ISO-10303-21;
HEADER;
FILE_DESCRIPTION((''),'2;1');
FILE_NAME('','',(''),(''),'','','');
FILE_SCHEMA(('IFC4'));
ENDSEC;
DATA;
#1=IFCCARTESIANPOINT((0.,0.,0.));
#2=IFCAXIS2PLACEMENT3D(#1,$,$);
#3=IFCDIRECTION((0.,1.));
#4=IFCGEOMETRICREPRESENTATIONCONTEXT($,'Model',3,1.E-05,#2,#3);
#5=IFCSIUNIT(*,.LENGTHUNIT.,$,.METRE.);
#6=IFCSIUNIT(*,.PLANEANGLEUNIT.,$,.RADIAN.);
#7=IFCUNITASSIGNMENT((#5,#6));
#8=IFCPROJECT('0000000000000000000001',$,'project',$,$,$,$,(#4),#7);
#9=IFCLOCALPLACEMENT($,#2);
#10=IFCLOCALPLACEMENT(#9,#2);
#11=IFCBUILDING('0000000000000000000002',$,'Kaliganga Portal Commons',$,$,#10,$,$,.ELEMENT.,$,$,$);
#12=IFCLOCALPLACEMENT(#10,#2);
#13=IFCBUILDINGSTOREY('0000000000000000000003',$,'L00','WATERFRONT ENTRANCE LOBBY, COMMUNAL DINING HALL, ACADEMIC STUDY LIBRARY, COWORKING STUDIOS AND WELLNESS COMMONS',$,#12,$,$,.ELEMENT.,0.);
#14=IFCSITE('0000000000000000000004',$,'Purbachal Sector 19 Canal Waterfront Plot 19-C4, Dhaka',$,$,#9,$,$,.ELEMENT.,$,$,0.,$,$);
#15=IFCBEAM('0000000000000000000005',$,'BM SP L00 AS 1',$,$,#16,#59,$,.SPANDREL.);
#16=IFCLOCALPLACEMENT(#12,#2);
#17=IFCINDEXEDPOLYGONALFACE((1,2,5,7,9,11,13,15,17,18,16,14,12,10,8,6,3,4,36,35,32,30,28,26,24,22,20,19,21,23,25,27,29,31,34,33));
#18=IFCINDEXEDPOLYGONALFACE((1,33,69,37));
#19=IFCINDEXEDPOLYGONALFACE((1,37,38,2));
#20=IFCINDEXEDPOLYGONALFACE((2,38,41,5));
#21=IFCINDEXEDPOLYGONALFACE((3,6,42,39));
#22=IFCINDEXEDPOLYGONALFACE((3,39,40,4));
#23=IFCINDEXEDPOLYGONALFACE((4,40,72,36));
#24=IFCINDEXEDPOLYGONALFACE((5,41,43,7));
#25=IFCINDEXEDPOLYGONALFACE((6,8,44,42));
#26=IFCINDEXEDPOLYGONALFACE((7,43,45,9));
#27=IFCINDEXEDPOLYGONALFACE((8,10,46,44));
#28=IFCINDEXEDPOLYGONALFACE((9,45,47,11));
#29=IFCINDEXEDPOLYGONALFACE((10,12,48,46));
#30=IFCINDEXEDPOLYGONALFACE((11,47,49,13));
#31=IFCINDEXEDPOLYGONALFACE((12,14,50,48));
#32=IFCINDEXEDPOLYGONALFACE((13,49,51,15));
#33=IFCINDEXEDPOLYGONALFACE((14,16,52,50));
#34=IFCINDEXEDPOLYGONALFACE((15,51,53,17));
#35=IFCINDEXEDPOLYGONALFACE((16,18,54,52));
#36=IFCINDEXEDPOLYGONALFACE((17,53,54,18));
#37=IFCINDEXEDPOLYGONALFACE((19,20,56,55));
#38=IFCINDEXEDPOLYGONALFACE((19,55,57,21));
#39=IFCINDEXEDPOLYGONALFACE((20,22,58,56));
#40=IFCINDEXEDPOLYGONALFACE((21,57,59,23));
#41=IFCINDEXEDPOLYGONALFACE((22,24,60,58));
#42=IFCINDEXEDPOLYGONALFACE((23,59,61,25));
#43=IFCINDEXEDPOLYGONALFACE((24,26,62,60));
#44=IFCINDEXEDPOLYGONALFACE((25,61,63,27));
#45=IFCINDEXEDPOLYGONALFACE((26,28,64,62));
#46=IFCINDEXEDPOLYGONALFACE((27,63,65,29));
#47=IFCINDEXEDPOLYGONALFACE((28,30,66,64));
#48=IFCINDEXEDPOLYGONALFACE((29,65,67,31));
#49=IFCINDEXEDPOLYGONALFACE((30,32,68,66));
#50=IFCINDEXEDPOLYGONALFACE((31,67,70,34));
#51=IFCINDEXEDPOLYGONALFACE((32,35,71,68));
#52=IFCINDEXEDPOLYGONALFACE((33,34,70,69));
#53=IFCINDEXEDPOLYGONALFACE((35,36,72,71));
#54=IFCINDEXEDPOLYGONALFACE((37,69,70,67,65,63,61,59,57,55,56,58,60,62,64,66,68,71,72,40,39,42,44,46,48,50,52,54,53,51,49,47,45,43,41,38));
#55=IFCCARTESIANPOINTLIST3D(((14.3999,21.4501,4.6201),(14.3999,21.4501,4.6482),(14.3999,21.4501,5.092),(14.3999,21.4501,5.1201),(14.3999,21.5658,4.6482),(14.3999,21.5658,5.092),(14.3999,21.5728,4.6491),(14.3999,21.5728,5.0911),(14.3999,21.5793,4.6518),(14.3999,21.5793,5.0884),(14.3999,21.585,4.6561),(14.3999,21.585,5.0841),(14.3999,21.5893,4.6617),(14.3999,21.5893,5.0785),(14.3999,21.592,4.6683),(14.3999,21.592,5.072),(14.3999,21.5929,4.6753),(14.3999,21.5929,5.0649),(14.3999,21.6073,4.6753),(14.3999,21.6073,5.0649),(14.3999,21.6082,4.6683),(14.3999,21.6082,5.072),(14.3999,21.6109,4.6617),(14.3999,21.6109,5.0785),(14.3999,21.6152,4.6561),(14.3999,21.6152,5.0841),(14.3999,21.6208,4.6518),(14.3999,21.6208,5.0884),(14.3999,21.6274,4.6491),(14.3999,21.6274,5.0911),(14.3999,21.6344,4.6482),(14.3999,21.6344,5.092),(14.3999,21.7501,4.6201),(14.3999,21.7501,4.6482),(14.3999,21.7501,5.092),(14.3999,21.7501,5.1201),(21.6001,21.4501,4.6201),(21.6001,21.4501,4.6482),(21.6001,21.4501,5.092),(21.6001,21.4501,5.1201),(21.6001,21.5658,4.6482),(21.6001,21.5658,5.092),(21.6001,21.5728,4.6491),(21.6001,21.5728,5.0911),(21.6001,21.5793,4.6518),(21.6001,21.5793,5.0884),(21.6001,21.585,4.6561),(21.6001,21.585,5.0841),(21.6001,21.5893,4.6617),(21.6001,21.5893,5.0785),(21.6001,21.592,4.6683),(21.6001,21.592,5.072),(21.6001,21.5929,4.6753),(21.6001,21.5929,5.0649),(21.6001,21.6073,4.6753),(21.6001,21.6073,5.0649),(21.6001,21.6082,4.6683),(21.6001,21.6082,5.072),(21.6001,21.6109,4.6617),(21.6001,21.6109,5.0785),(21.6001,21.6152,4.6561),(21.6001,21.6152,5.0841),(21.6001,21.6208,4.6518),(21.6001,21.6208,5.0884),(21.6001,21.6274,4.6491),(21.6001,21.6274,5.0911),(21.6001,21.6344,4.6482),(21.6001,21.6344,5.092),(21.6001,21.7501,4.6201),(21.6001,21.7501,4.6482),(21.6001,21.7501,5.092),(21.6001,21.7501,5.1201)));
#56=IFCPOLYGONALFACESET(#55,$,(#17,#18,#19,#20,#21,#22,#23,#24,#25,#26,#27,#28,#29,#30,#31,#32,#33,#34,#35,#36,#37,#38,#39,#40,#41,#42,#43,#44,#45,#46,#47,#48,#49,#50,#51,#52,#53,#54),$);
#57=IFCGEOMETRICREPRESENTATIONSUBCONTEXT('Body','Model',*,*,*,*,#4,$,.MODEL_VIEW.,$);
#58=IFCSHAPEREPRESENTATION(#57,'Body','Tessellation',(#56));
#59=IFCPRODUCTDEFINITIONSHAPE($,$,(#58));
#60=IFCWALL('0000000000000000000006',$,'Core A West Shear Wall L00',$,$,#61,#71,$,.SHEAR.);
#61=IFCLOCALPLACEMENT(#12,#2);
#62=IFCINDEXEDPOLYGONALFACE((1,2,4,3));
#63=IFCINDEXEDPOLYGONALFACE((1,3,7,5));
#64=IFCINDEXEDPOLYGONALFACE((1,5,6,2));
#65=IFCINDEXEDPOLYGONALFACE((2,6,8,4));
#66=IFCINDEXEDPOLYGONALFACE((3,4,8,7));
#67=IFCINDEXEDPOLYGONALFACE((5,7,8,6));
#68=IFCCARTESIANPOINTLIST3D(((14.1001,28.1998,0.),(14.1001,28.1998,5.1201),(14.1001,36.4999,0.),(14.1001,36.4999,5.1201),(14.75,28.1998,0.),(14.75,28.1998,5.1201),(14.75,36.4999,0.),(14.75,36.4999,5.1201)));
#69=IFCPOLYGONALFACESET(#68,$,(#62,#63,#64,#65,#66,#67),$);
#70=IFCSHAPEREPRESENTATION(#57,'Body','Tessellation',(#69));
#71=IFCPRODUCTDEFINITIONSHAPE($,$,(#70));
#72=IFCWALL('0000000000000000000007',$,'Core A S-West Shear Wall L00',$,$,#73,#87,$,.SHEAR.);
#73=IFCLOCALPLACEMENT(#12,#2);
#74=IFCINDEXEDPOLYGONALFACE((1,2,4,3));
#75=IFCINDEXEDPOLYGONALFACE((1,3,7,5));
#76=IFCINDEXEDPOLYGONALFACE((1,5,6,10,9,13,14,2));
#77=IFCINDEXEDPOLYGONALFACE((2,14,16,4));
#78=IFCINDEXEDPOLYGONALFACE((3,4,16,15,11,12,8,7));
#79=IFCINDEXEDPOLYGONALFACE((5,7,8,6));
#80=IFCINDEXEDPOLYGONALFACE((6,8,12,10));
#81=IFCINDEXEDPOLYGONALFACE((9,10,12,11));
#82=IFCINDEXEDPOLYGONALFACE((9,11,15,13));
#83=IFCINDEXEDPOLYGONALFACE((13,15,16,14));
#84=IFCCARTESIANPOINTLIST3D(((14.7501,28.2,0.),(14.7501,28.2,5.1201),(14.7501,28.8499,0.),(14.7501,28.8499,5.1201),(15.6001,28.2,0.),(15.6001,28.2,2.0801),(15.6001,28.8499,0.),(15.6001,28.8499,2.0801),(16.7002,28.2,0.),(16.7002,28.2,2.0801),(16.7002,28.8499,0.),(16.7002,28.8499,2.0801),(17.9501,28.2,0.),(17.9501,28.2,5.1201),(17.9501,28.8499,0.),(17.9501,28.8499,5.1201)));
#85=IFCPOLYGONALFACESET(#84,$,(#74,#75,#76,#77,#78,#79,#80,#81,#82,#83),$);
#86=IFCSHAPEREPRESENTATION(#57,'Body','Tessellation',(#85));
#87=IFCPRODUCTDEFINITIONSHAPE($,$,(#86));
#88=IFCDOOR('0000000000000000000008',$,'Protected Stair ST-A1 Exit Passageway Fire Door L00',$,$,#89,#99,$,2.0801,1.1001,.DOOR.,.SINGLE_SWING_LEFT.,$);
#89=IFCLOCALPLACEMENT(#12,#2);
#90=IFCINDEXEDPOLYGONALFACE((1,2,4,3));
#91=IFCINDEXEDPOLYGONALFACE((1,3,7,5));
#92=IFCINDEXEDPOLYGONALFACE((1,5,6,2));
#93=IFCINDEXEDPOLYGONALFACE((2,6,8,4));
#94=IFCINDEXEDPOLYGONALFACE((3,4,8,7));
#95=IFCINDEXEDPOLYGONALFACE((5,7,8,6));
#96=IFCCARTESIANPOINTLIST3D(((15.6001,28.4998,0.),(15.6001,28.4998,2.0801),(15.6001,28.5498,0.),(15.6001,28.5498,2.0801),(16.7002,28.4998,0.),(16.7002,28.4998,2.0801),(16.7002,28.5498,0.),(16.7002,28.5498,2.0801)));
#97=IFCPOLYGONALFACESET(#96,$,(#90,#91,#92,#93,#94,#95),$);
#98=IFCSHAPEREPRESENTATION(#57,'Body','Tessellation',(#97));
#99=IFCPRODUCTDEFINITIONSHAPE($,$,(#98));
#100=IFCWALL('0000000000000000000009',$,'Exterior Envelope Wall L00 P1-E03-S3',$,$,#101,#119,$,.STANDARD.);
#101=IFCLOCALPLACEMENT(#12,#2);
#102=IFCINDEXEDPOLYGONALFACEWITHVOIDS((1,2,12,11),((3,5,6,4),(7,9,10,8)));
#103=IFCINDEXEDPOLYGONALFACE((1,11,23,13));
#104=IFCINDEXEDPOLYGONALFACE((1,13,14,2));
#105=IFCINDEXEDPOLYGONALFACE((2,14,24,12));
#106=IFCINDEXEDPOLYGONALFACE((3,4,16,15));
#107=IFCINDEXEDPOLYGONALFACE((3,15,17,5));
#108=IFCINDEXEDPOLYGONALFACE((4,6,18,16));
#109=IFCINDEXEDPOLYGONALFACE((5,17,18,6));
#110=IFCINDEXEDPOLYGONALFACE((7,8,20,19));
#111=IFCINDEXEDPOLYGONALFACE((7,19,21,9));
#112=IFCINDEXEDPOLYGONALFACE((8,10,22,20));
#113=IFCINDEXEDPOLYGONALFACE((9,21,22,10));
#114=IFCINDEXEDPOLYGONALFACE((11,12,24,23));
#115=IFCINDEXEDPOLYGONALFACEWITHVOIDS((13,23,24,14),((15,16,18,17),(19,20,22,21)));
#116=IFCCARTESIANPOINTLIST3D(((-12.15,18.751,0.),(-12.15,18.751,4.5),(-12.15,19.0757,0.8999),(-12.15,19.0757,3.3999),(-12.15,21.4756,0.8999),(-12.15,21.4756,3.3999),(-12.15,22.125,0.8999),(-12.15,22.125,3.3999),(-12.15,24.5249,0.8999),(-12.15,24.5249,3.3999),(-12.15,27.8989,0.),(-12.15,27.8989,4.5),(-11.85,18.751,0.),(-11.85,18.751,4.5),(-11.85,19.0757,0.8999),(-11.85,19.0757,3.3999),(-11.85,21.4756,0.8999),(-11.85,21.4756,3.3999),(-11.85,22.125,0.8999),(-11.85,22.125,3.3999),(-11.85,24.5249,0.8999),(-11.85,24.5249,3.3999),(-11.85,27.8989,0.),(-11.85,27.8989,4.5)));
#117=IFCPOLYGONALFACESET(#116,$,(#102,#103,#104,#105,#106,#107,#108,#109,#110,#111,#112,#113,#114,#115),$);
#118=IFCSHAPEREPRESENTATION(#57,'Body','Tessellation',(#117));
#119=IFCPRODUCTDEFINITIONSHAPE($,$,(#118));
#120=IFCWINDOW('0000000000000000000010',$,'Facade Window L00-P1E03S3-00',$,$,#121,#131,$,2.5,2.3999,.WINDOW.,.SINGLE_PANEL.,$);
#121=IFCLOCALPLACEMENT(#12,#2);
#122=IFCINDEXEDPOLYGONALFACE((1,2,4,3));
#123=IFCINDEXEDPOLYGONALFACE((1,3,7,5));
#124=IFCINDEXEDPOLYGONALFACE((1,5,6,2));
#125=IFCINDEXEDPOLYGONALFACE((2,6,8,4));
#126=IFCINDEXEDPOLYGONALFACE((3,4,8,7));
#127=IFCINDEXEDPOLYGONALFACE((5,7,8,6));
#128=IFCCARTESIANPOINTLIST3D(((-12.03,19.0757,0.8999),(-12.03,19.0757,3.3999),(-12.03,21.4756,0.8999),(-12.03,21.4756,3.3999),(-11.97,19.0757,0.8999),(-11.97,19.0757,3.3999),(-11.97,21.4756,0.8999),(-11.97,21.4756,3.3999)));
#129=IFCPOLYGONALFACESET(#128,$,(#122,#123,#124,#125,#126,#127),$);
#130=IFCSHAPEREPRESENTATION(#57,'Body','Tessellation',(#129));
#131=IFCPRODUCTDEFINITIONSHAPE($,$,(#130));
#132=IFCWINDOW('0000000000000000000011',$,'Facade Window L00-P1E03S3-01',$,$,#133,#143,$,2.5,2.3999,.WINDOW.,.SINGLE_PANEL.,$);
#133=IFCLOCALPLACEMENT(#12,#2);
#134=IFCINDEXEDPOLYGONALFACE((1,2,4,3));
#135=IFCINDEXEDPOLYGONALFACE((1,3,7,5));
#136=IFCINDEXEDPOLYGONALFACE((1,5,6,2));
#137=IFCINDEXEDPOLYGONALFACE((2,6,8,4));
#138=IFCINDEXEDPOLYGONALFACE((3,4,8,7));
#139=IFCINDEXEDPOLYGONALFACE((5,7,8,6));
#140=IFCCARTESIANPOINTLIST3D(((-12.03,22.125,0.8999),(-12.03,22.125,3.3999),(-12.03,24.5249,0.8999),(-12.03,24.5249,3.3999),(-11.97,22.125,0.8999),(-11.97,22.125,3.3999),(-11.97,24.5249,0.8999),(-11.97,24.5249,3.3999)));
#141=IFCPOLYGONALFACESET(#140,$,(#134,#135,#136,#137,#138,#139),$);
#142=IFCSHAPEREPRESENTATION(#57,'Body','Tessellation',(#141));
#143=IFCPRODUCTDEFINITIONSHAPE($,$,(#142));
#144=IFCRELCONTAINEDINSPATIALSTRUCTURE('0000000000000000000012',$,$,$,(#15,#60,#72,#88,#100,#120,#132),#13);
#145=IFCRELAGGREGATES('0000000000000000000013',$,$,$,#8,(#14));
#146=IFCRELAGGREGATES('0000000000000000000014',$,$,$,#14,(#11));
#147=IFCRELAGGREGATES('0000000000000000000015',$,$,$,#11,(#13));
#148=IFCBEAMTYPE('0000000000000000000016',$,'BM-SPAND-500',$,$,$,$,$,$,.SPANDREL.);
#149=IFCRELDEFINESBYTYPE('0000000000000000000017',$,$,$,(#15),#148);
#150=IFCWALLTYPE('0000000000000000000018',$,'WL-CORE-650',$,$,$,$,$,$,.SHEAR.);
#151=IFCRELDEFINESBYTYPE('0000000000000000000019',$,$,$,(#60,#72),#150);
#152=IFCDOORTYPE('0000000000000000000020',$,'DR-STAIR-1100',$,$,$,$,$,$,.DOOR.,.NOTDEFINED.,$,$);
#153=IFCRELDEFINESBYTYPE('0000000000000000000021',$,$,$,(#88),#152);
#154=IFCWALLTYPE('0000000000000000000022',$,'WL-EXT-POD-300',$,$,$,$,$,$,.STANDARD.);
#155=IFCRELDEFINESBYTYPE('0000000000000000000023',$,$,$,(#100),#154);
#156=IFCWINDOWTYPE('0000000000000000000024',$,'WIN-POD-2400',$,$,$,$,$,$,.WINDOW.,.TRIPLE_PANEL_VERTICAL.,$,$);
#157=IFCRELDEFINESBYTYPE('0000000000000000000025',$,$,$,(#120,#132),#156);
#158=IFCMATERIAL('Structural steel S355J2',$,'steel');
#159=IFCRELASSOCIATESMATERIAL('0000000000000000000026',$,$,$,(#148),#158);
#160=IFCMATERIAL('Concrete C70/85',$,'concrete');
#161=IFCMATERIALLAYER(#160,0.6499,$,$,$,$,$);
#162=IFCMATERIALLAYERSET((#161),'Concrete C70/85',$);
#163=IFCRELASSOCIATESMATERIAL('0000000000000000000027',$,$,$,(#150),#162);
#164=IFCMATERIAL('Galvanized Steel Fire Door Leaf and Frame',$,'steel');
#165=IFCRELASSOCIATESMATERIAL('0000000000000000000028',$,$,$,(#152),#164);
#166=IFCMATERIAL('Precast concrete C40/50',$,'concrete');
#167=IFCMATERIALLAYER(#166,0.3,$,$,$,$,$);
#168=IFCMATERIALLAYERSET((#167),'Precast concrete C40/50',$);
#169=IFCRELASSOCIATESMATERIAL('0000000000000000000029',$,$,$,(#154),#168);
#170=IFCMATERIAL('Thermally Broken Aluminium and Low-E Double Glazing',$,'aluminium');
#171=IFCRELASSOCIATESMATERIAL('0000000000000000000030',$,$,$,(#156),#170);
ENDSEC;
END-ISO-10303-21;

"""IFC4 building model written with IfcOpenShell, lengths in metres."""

from ifc_helpers import new_model, si_unit, direction, frame, frame_2d, origin, origin_2d, place, context, subcontext, project, spatial, rectangle, i_section, extrude, source, transform, mapped, material, layer, layer_set, material_profile, profile_set, type_object, element, fill, save


model = new_model("IFC4")

# Units and contexts
model_context = context("Model", 3, precision=1e-05, world=origin(), true_north=direction((0.0, 1.0)))
body_context = subcontext(model_context, "Body", "Model", "MODEL_VIEW")
ifc_project = project(units=[si_unit("LENGTHUNIT", "METRE"), si_unit("PLANEANGLEUNIT", "RADIAN")], contexts=[model_context])

# Site, building, storey
site_placement = place(None, origin())
site = spatial("IfcSite", under=ifc_project, at=site_placement, Name="Purbachal Sector 19 Canal Waterfront Plot 19-C4, Dhaka", CompositionType="ELEMENT", RefElevation=0.0)
building_placement = place(site_placement, origin())
building = spatial("IfcBuilding", under=site, at=building_placement, Name="Kaliganga Portal Commons", CompositionType="ELEMENT")
storey_placement = place(building_placement, origin())
storey = spatial("IfcBuildingStorey", under=building, at=storey_placement, Name="L00", Description="WATERFRONT ENTRANCE LOBBY, COMMUNAL DINING HALL, ACADEMIC STUDY LIBRARY, COWORKING STUDIOS AND WELLNESS COMMONS", CompositionType="ELEMENT", Elevation=0.0)

# Shared definitions
ifc_material_1 = material(Name="Concrete C70/85", Category="concrete")

# Beam
ifc_material_2 = material(Name="Structural steel S355J2", Category="steel")
ifc_material_profile_1 = material_profile(ifc_material_2, i_section(OverallWidth=0.3, OverallDepth=0.5, WebThickness=0.0144, FlangeThickness=0.0281, FilletRadius=0.0271, at=origin_2d()), Name="HE 500 B")
ifc_profile_set_1 = profile_set([ifc_material_profile_1], Name="Structural steel S355J2 wide-flange")
beam_type_1 = type_object("IfcBeamType", Name="BM-SPAND-500", PredefinedType="SPANDREL", material=ifc_profile_set_1)
shared_shape_1 = source(origin(), body_context, "Body", "SweptSolid", [
    extrude(i_section(OverallWidth=0.3, OverallDepth=0.5, WebThickness=0.0144, FlangeThickness=0.0281, FilletRadius=0.0271, at=origin_2d()), origin(), (0.0, 0.0, 1.0), 7.2002),
])
beam_1_placement = place(storey_placement, frame((14.3999, 21.6001, 4.8701), z_axis=(1.0, 0.0, 0.0), x_axis=(0.0, 1.0, 0.0)))
element("IfcBeam", 1, at=beam_1_placement, inside=storey, type_object=beam_type_1, Name="BM SP L00 AS 1", PredefinedType="SPANDREL", context=body_context, shape_type="MappedRepresentation", body=[
    mapped(shared_shape_1, transform((0.0, 0.0, 0.0), x_axis=(1.0, 0.0, 0.0), y_axis=(0.0, 1.0, 0.0), z_axis=(0.0, 0.0, 1.0), scale=1.0)),
])

# Wall
ifc_layer_1 = layer(ifc_material_1, 0.6499)
ifc_layer_set_1 = layer_set([ifc_layer_1], Name="Concrete C70/85")
wall_type_1 = type_object("IfcWallType", Name="WL-CORE-650", PredefinedType="SHEAR", material=ifc_layer_set_1)
wall_1_placement = place(storey_placement, frame((14.425, 28.2, 0.0), z_axis=(0.0, 0.0, 1.0), x_axis=(0.0, 1.0, 0.0)))
element("IfcWall", 2, at=wall_1_placement, inside=storey, type_object=wall_type_1, Name="Core A West Shear Wall L00", PredefinedType="SHEAR", context=body_context, shape_type="SweptSolid", body=[
    extrude(rectangle(XDim=8.3, YDim=0.6499, at=frame_2d((4.1499, 0.0))), origin(), (0.0, 0.0, 1.0), 5.1201),
])

# Wall, opening, door
wall_2_placement = place(storey_placement, frame((14.75, 28.5249, 0.0), z_axis=(0.0, 0.0, 1.0), x_axis=(1.0, 0.0, 0.0)))
wall_2 = element("IfcWall", 3, at=wall_2_placement, inside=storey, type_object=wall_type_1, Name="Core A S-West Shear Wall L00", PredefinedType="SHEAR", context=body_context, shape_type="SweptSolid", body=[
    extrude(rectangle(XDim=3.2, YDim=0.6499, at=frame_2d((1.6001, 0.0))), origin(), (0.0, 0.0, 1.0), 5.1201),
])
opening_1_placement = place(wall_2_placement, frame((0.8501, 0.0, 0.0)))
opening_1 = element("IfcOpeningElement", 4, at=opening_1_placement, cuts=wall_2, PredefinedType="OPENING", context=body_context, shape_type="SweptSolid", body=[
    extrude(rectangle(XDim=1.1001, YDim=2.0801, at=frame_2d((0.55, 1.04))), frame((0.0, 0.335, 0.0), z_axis=(0.0, -1.0, 0.0), x_axis=(1.0, 0.0, 0.0)), (0.0, 0.0, 1.0), 0.6699),
])
ifc_material_3 = material(Name="Galvanized Steel Fire Door Leaf and Frame", Category="steel")
door_type_1 = type_object("IfcDoorType", Name="DR-STAIR-1100", OperationType="NOTDEFINED", PredefinedType="DOOR", material=ifc_material_3)
door_1_placement = place(opening_1_placement, origin())
door_1 = element("IfcDoor", 5, at=door_1_placement, inside=storey, type_object=door_type_1, Name="Protected Stair ST-A1 Exit Passageway Fire Door L00", OperationType="SINGLE_SWING_LEFT", OverallHeight=2.0801, OverallWidth=1.1001, PredefinedType="DOOR", context=body_context, shape_type="SweptSolid", body=[
    extrude(rectangle(XDim=1.1001, YDim=2.0801, at=frame_2d((0.55, 1.04))), frame((0.0, 0.0249, 0.0), z_axis=(0.0, -1.0, 0.0), x_axis=(1.0, 0.0, 0.0)), (0.0, 0.0, 1.0), 0.05),
])
fill(opening_1, door_1)

# Wall, openings, windows
ifc_material_4 = material(Name="Precast concrete C40/50", Category="concrete")
ifc_layer_2 = layer(ifc_material_4, 0.3)
ifc_layer_set_2 = layer_set([ifc_layer_2], Name="Precast concrete C40/50")
wall_type_2 = type_object("IfcWallType", Name="WL-EXT-POD-300", PredefinedType="STANDARD", material=ifc_layer_set_2)
wall_3_placement = place(storey_placement, frame((-12.0, 18.751, 0.0), z_axis=(0.0, 0.0, 1.0), x_axis=(0.0, 1.0, 0.0)))
wall_3 = element("IfcWall", 6, at=wall_3_placement, inside=storey, type_object=wall_type_2, Name="Exterior Envelope Wall L00 P1-E03-S3", PredefinedType="STANDARD", context=body_context, shape_type="SweptSolid", body=[
    extrude(rectangle(XDim=9.1479, YDim=0.3, at=frame_2d((4.574, 0.0))), origin(), (0.0, 0.0, 1.0), 4.5),
])
opening_2_placement = place(wall_3_placement, frame((0.3247, 0.0, 0.8999)))
opening_2 = element("IfcOpeningElement", 7, at=opening_2_placement, cuts=wall_3, PredefinedType="OPENING", context=body_context, shape_type="SweptSolid", body=[
    extrude(rectangle(XDim=2.3999, YDim=2.5, at=frame_2d((1.2, 1.25))), frame((0.0, 0.1602, 0.0), z_axis=(0.0, -1.0, 0.0), x_axis=(1.0, 0.0, 0.0)), (0.0, 0.0, 1.0), 0.3201),
])
opening_3_placement = place(wall_3_placement, frame((3.374, 0.0, 0.8999)))
opening_3 = element("IfcOpeningElement", 8, at=opening_3_placement, cuts=wall_3, PredefinedType="OPENING", context=body_context, shape_type="SweptSolid", body=[
    extrude(rectangle(XDim=2.3999, YDim=2.5, at=frame_2d((1.2, 1.25))), frame((0.0, 0.1602, 0.0), z_axis=(0.0, -1.0, 0.0), x_axis=(1.0, 0.0, 0.0)), (0.0, 0.0, 1.0), 0.3201),
])
ifc_material_5 = material(Name="Thermally Broken Aluminium and Low-E Double Glazing", Category="aluminium")
window_type = type_object("IfcWindowType", Name="WIN-POD-2400", PartitioningType="TRIPLE_PANEL_VERTICAL", PredefinedType="WINDOW", material=ifc_material_5)
window_1_placement = place(opening_2_placement, origin())
window_1 = element("IfcWindow", 9, at=window_1_placement, inside=storey, type_object=window_type, Name="Facade Window L00-P1E03S3-00", OverallHeight=2.5, OverallWidth=2.3999, PartitioningType="SINGLE_PANEL", PredefinedType="WINDOW", context=body_context, shape_type="SweptSolid", body=[
    extrude(rectangle(XDim=2.3999, YDim=2.5, at=frame_2d((1.2, 1.25))), frame((0.0, 0.03, 0.0), z_axis=(0.0, -1.0, 0.0), x_axis=(1.0, 0.0, 0.0)), (0.0, 0.0, 1.0), 0.0601),
])
fill(opening_2, window_1)
window_2_placement = place(opening_3_placement, origin())
window_2 = element("IfcWindow", 10, at=window_2_placement, inside=storey, type_object=window_type, Name="Facade Window L00-P1E03S3-01", OverallHeight=2.5, OverallWidth=2.3999, PartitioningType="SINGLE_PANEL", PredefinedType="WINDOW", context=body_context, shape_type="SweptSolid", body=[
    extrude(rectangle(XDim=2.3999, YDim=2.5, at=frame_2d((1.2, 1.25))), frame((0.0, 0.03, 0.0), z_axis=(0.0, -1.0, 0.0), x_axis=(1.0, 0.0, 0.0)), (0.0, 0.0, 1.0), 0.0601),
])
fill(opening_3, window_2)

save(model, "model.ifc")
